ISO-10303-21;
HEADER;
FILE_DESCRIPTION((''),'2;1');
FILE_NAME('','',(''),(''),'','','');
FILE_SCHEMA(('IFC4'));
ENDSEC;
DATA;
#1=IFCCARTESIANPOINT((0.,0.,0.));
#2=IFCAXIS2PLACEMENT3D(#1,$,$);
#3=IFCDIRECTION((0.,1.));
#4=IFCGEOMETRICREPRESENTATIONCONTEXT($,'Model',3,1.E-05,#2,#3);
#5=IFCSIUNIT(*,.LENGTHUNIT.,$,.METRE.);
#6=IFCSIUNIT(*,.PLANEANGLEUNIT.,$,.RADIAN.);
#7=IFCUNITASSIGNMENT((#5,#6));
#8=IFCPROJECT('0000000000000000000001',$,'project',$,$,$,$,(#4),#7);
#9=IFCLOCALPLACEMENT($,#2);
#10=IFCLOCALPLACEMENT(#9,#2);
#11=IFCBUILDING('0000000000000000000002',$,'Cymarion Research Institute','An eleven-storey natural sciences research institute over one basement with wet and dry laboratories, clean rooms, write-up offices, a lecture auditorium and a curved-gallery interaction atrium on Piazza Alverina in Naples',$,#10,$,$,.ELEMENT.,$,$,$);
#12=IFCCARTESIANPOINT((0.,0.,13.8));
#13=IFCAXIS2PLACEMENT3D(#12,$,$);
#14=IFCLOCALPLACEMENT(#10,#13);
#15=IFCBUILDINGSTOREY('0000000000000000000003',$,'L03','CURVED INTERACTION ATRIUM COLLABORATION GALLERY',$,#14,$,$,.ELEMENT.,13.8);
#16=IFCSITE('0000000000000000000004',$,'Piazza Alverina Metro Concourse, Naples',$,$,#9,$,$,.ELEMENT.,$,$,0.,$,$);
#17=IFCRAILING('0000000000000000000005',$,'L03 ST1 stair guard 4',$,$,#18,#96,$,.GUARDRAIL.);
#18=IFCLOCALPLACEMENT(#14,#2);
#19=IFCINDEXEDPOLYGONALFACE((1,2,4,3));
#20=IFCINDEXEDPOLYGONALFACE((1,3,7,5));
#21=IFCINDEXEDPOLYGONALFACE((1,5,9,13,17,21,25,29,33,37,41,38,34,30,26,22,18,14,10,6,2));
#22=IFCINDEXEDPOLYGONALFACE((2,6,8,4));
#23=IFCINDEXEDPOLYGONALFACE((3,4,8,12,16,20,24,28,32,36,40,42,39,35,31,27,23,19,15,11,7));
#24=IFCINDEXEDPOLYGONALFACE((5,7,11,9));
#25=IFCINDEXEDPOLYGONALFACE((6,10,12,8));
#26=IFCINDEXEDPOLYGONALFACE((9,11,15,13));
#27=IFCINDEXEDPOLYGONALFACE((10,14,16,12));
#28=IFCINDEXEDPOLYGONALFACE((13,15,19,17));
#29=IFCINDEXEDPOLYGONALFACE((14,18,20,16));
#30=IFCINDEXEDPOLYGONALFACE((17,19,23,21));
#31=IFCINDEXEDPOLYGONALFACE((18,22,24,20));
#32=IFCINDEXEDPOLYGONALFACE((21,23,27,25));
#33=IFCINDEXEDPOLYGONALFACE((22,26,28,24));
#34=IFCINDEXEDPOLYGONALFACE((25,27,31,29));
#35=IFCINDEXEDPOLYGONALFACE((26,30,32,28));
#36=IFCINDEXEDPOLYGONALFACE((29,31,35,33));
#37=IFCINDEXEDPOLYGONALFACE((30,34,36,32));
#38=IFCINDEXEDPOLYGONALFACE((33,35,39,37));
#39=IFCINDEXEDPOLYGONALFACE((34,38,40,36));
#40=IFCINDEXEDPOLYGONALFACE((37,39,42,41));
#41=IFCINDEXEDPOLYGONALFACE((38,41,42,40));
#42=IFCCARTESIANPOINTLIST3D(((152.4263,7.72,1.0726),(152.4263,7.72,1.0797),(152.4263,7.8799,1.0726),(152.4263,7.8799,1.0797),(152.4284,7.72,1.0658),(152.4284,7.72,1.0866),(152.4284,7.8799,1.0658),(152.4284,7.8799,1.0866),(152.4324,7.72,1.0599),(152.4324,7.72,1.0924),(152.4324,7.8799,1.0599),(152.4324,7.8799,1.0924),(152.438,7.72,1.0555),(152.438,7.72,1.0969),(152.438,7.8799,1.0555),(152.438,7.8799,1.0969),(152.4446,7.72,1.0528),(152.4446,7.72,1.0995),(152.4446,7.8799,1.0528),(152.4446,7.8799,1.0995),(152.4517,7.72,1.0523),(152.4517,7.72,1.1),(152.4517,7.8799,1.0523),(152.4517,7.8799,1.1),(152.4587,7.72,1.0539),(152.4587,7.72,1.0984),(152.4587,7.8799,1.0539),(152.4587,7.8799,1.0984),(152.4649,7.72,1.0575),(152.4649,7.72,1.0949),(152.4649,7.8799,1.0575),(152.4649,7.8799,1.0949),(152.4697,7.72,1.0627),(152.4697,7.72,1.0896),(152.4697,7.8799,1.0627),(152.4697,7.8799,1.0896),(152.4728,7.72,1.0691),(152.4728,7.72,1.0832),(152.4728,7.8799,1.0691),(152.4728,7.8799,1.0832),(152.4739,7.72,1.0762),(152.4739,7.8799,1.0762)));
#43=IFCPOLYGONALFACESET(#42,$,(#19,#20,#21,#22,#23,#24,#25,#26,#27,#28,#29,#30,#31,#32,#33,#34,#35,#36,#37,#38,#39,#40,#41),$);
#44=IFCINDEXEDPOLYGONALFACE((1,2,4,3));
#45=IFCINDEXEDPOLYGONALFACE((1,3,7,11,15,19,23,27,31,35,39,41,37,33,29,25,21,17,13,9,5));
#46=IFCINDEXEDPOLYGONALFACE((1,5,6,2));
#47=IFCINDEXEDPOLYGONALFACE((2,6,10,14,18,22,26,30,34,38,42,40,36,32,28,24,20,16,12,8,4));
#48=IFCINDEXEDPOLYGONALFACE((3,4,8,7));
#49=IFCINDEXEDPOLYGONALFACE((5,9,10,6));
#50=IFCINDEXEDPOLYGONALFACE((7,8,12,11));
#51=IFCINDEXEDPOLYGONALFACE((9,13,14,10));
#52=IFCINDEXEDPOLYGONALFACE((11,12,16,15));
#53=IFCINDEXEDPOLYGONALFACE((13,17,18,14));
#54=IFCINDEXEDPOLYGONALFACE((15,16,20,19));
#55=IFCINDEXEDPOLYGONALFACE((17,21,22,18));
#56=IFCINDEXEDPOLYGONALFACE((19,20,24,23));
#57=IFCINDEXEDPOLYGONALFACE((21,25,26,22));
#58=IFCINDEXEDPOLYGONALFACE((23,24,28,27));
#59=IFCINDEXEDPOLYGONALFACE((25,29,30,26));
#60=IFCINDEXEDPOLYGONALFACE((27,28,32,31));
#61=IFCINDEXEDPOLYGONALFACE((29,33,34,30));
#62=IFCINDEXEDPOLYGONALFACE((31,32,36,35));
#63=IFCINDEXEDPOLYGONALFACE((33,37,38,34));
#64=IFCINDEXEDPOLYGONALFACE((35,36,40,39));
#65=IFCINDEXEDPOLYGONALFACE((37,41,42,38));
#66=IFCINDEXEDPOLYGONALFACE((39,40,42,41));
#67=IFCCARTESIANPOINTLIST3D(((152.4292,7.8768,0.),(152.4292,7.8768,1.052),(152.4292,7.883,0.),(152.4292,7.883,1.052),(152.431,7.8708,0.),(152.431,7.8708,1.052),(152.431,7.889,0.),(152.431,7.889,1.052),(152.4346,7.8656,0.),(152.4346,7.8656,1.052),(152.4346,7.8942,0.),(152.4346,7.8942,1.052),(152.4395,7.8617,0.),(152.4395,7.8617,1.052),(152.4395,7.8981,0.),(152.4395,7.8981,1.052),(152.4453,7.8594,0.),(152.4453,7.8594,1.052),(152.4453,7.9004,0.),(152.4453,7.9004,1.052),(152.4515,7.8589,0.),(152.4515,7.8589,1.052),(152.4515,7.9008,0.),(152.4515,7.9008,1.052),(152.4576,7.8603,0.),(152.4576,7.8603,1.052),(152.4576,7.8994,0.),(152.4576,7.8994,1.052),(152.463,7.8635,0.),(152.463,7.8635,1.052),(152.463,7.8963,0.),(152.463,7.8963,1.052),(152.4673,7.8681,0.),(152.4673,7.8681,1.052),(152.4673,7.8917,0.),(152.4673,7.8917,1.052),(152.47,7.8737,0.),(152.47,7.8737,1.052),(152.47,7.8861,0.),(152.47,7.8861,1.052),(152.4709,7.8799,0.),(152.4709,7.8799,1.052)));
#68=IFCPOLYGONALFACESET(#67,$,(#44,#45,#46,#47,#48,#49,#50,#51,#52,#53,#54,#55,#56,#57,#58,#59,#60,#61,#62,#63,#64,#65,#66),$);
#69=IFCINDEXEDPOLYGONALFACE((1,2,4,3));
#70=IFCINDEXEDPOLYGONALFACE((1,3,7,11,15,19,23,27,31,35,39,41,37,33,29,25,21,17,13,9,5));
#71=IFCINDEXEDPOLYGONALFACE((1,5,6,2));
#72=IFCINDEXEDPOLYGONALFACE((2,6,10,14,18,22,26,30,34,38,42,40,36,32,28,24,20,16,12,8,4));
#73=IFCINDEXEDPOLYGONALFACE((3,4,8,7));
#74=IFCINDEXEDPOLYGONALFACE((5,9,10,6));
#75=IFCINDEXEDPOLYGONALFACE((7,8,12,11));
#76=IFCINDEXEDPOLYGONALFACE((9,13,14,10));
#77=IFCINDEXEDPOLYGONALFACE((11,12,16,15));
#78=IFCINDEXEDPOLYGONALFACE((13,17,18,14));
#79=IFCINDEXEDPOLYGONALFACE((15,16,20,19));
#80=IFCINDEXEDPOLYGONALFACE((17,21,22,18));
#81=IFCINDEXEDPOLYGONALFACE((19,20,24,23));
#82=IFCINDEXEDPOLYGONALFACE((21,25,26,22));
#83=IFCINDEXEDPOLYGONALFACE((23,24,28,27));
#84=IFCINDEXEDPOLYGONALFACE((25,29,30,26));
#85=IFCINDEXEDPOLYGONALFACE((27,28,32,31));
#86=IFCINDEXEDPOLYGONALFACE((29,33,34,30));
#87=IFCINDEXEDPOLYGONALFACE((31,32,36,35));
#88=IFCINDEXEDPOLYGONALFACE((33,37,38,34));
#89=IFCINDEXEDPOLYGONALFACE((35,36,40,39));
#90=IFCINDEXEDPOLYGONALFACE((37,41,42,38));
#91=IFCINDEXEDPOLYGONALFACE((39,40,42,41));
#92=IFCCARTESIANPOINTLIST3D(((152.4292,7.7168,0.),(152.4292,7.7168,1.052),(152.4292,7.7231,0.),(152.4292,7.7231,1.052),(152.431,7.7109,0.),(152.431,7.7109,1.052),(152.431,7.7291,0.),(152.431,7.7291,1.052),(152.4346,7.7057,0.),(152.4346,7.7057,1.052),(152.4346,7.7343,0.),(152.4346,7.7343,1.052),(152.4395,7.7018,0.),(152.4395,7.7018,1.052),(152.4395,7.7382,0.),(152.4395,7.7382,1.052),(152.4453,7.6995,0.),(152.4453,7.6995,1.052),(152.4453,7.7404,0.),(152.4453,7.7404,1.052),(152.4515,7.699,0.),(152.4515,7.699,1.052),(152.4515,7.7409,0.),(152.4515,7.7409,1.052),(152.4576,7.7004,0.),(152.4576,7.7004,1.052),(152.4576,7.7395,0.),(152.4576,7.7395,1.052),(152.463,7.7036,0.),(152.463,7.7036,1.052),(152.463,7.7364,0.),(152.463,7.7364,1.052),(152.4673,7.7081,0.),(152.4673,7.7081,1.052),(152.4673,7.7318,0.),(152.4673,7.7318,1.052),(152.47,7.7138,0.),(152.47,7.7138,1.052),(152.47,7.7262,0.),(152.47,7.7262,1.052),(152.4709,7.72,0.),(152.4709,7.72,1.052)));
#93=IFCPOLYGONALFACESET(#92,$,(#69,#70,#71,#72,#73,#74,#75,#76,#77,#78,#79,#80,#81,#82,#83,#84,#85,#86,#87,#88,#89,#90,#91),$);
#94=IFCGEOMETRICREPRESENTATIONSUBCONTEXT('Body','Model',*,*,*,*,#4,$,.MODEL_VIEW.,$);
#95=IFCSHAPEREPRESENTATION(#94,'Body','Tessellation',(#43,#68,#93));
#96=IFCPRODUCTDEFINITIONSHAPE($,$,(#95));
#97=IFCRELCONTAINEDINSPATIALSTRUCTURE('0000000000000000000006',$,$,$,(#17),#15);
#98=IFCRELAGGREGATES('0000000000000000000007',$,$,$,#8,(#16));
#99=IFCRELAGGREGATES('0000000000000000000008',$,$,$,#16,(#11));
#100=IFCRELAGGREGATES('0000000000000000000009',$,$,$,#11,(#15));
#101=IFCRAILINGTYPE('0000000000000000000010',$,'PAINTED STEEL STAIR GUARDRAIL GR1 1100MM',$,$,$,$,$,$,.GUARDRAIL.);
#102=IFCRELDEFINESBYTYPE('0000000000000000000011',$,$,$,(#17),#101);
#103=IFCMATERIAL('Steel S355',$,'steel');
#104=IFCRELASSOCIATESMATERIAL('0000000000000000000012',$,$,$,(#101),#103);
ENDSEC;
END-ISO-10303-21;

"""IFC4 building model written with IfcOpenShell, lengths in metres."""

from ifc_helpers import new_model, si_unit, direction, frame, origin, origin_2d, place, context, subcontext, project, spatial, circle, extrude, material, type_object, element, save


model = new_model("IFC4")

# Units and contexts
model_context = context("Model", 3, precision=1e-05, world=origin(), true_north=direction((0.0, 1.0)))
body_context = subcontext(model_context, "Body", "Model", "MODEL_VIEW")
ifc_project = project(units=[si_unit("LENGTHUNIT", "METRE"), si_unit("PLANEANGLEUNIT", "RADIAN")], contexts=[model_context])

# Site, building, storey
site_placement = place(None, origin())
site = spatial("IfcSite", under=ifc_project, at=site_placement, Name="Piazza Alverina Metro Concourse, Naples", CompositionType="ELEMENT", RefElevation=0.0)
building_placement = place(site_placement, origin())
building = spatial("IfcBuilding", under=site, at=building_placement, Name="Cymarion Research Institute", Description="An eleven-storey natural sciences research institute over one basement with wet and dry laboratories, clean rooms, write-up offices, a lecture auditorium and a curved-gallery interaction atrium on Piazza Alverina in Naples", CompositionType="ELEMENT")
storey_placement = place(building_placement, frame((0.0, 0.0, 13.8)))
storey = spatial("IfcBuildingStorey", under=building, at=storey_placement, Name="L03", Description="CURVED INTERACTION ATRIUM COLLABORATION GALLERY", CompositionType="ELEMENT", Elevation=13.8)

# Shared definitions
ifc_material_1 = material(Name="Steel S355", Category="steel")

# Railing
railing_type_1 = type_object("IfcRailingType", Name="PAINTED STEEL STAIR GUARDRAIL GR1 1100MM", PredefinedType="GUARDRAIL", material=ifc_material_1)
railing_1_placement = place(storey_placement, frame((152.45, 7.8799, 0.0)))
element("IfcRailing", 1, at=railing_1_placement, inside=storey, type_object=railing_type_1, Name="L03 ST1 stair guard 4", PredefinedType="GUARDRAIL", context=body_context, shape_type="SweptSolid", body=[
    extrude(circle(Radius=0.0239, at=origin_2d()), frame((0.0, 0.0, 1.0762), z_axis=(0.0, -1.0, 0.0), x_axis=(1.0, 0.0, 0.0)), (0.0, 0.0, 1.0), 0.1599),
    extrude(circle(Radius=0.021, at=origin_2d()), origin(), (0.0, 0.0, 1.0), 1.052),
    extrude(circle(Radius=0.021, at=origin_2d()), frame((0.0, -0.1599, 0.0)), (0.0, 0.0, 1.0), 1.052),
])

save(model, "model.ifc")
